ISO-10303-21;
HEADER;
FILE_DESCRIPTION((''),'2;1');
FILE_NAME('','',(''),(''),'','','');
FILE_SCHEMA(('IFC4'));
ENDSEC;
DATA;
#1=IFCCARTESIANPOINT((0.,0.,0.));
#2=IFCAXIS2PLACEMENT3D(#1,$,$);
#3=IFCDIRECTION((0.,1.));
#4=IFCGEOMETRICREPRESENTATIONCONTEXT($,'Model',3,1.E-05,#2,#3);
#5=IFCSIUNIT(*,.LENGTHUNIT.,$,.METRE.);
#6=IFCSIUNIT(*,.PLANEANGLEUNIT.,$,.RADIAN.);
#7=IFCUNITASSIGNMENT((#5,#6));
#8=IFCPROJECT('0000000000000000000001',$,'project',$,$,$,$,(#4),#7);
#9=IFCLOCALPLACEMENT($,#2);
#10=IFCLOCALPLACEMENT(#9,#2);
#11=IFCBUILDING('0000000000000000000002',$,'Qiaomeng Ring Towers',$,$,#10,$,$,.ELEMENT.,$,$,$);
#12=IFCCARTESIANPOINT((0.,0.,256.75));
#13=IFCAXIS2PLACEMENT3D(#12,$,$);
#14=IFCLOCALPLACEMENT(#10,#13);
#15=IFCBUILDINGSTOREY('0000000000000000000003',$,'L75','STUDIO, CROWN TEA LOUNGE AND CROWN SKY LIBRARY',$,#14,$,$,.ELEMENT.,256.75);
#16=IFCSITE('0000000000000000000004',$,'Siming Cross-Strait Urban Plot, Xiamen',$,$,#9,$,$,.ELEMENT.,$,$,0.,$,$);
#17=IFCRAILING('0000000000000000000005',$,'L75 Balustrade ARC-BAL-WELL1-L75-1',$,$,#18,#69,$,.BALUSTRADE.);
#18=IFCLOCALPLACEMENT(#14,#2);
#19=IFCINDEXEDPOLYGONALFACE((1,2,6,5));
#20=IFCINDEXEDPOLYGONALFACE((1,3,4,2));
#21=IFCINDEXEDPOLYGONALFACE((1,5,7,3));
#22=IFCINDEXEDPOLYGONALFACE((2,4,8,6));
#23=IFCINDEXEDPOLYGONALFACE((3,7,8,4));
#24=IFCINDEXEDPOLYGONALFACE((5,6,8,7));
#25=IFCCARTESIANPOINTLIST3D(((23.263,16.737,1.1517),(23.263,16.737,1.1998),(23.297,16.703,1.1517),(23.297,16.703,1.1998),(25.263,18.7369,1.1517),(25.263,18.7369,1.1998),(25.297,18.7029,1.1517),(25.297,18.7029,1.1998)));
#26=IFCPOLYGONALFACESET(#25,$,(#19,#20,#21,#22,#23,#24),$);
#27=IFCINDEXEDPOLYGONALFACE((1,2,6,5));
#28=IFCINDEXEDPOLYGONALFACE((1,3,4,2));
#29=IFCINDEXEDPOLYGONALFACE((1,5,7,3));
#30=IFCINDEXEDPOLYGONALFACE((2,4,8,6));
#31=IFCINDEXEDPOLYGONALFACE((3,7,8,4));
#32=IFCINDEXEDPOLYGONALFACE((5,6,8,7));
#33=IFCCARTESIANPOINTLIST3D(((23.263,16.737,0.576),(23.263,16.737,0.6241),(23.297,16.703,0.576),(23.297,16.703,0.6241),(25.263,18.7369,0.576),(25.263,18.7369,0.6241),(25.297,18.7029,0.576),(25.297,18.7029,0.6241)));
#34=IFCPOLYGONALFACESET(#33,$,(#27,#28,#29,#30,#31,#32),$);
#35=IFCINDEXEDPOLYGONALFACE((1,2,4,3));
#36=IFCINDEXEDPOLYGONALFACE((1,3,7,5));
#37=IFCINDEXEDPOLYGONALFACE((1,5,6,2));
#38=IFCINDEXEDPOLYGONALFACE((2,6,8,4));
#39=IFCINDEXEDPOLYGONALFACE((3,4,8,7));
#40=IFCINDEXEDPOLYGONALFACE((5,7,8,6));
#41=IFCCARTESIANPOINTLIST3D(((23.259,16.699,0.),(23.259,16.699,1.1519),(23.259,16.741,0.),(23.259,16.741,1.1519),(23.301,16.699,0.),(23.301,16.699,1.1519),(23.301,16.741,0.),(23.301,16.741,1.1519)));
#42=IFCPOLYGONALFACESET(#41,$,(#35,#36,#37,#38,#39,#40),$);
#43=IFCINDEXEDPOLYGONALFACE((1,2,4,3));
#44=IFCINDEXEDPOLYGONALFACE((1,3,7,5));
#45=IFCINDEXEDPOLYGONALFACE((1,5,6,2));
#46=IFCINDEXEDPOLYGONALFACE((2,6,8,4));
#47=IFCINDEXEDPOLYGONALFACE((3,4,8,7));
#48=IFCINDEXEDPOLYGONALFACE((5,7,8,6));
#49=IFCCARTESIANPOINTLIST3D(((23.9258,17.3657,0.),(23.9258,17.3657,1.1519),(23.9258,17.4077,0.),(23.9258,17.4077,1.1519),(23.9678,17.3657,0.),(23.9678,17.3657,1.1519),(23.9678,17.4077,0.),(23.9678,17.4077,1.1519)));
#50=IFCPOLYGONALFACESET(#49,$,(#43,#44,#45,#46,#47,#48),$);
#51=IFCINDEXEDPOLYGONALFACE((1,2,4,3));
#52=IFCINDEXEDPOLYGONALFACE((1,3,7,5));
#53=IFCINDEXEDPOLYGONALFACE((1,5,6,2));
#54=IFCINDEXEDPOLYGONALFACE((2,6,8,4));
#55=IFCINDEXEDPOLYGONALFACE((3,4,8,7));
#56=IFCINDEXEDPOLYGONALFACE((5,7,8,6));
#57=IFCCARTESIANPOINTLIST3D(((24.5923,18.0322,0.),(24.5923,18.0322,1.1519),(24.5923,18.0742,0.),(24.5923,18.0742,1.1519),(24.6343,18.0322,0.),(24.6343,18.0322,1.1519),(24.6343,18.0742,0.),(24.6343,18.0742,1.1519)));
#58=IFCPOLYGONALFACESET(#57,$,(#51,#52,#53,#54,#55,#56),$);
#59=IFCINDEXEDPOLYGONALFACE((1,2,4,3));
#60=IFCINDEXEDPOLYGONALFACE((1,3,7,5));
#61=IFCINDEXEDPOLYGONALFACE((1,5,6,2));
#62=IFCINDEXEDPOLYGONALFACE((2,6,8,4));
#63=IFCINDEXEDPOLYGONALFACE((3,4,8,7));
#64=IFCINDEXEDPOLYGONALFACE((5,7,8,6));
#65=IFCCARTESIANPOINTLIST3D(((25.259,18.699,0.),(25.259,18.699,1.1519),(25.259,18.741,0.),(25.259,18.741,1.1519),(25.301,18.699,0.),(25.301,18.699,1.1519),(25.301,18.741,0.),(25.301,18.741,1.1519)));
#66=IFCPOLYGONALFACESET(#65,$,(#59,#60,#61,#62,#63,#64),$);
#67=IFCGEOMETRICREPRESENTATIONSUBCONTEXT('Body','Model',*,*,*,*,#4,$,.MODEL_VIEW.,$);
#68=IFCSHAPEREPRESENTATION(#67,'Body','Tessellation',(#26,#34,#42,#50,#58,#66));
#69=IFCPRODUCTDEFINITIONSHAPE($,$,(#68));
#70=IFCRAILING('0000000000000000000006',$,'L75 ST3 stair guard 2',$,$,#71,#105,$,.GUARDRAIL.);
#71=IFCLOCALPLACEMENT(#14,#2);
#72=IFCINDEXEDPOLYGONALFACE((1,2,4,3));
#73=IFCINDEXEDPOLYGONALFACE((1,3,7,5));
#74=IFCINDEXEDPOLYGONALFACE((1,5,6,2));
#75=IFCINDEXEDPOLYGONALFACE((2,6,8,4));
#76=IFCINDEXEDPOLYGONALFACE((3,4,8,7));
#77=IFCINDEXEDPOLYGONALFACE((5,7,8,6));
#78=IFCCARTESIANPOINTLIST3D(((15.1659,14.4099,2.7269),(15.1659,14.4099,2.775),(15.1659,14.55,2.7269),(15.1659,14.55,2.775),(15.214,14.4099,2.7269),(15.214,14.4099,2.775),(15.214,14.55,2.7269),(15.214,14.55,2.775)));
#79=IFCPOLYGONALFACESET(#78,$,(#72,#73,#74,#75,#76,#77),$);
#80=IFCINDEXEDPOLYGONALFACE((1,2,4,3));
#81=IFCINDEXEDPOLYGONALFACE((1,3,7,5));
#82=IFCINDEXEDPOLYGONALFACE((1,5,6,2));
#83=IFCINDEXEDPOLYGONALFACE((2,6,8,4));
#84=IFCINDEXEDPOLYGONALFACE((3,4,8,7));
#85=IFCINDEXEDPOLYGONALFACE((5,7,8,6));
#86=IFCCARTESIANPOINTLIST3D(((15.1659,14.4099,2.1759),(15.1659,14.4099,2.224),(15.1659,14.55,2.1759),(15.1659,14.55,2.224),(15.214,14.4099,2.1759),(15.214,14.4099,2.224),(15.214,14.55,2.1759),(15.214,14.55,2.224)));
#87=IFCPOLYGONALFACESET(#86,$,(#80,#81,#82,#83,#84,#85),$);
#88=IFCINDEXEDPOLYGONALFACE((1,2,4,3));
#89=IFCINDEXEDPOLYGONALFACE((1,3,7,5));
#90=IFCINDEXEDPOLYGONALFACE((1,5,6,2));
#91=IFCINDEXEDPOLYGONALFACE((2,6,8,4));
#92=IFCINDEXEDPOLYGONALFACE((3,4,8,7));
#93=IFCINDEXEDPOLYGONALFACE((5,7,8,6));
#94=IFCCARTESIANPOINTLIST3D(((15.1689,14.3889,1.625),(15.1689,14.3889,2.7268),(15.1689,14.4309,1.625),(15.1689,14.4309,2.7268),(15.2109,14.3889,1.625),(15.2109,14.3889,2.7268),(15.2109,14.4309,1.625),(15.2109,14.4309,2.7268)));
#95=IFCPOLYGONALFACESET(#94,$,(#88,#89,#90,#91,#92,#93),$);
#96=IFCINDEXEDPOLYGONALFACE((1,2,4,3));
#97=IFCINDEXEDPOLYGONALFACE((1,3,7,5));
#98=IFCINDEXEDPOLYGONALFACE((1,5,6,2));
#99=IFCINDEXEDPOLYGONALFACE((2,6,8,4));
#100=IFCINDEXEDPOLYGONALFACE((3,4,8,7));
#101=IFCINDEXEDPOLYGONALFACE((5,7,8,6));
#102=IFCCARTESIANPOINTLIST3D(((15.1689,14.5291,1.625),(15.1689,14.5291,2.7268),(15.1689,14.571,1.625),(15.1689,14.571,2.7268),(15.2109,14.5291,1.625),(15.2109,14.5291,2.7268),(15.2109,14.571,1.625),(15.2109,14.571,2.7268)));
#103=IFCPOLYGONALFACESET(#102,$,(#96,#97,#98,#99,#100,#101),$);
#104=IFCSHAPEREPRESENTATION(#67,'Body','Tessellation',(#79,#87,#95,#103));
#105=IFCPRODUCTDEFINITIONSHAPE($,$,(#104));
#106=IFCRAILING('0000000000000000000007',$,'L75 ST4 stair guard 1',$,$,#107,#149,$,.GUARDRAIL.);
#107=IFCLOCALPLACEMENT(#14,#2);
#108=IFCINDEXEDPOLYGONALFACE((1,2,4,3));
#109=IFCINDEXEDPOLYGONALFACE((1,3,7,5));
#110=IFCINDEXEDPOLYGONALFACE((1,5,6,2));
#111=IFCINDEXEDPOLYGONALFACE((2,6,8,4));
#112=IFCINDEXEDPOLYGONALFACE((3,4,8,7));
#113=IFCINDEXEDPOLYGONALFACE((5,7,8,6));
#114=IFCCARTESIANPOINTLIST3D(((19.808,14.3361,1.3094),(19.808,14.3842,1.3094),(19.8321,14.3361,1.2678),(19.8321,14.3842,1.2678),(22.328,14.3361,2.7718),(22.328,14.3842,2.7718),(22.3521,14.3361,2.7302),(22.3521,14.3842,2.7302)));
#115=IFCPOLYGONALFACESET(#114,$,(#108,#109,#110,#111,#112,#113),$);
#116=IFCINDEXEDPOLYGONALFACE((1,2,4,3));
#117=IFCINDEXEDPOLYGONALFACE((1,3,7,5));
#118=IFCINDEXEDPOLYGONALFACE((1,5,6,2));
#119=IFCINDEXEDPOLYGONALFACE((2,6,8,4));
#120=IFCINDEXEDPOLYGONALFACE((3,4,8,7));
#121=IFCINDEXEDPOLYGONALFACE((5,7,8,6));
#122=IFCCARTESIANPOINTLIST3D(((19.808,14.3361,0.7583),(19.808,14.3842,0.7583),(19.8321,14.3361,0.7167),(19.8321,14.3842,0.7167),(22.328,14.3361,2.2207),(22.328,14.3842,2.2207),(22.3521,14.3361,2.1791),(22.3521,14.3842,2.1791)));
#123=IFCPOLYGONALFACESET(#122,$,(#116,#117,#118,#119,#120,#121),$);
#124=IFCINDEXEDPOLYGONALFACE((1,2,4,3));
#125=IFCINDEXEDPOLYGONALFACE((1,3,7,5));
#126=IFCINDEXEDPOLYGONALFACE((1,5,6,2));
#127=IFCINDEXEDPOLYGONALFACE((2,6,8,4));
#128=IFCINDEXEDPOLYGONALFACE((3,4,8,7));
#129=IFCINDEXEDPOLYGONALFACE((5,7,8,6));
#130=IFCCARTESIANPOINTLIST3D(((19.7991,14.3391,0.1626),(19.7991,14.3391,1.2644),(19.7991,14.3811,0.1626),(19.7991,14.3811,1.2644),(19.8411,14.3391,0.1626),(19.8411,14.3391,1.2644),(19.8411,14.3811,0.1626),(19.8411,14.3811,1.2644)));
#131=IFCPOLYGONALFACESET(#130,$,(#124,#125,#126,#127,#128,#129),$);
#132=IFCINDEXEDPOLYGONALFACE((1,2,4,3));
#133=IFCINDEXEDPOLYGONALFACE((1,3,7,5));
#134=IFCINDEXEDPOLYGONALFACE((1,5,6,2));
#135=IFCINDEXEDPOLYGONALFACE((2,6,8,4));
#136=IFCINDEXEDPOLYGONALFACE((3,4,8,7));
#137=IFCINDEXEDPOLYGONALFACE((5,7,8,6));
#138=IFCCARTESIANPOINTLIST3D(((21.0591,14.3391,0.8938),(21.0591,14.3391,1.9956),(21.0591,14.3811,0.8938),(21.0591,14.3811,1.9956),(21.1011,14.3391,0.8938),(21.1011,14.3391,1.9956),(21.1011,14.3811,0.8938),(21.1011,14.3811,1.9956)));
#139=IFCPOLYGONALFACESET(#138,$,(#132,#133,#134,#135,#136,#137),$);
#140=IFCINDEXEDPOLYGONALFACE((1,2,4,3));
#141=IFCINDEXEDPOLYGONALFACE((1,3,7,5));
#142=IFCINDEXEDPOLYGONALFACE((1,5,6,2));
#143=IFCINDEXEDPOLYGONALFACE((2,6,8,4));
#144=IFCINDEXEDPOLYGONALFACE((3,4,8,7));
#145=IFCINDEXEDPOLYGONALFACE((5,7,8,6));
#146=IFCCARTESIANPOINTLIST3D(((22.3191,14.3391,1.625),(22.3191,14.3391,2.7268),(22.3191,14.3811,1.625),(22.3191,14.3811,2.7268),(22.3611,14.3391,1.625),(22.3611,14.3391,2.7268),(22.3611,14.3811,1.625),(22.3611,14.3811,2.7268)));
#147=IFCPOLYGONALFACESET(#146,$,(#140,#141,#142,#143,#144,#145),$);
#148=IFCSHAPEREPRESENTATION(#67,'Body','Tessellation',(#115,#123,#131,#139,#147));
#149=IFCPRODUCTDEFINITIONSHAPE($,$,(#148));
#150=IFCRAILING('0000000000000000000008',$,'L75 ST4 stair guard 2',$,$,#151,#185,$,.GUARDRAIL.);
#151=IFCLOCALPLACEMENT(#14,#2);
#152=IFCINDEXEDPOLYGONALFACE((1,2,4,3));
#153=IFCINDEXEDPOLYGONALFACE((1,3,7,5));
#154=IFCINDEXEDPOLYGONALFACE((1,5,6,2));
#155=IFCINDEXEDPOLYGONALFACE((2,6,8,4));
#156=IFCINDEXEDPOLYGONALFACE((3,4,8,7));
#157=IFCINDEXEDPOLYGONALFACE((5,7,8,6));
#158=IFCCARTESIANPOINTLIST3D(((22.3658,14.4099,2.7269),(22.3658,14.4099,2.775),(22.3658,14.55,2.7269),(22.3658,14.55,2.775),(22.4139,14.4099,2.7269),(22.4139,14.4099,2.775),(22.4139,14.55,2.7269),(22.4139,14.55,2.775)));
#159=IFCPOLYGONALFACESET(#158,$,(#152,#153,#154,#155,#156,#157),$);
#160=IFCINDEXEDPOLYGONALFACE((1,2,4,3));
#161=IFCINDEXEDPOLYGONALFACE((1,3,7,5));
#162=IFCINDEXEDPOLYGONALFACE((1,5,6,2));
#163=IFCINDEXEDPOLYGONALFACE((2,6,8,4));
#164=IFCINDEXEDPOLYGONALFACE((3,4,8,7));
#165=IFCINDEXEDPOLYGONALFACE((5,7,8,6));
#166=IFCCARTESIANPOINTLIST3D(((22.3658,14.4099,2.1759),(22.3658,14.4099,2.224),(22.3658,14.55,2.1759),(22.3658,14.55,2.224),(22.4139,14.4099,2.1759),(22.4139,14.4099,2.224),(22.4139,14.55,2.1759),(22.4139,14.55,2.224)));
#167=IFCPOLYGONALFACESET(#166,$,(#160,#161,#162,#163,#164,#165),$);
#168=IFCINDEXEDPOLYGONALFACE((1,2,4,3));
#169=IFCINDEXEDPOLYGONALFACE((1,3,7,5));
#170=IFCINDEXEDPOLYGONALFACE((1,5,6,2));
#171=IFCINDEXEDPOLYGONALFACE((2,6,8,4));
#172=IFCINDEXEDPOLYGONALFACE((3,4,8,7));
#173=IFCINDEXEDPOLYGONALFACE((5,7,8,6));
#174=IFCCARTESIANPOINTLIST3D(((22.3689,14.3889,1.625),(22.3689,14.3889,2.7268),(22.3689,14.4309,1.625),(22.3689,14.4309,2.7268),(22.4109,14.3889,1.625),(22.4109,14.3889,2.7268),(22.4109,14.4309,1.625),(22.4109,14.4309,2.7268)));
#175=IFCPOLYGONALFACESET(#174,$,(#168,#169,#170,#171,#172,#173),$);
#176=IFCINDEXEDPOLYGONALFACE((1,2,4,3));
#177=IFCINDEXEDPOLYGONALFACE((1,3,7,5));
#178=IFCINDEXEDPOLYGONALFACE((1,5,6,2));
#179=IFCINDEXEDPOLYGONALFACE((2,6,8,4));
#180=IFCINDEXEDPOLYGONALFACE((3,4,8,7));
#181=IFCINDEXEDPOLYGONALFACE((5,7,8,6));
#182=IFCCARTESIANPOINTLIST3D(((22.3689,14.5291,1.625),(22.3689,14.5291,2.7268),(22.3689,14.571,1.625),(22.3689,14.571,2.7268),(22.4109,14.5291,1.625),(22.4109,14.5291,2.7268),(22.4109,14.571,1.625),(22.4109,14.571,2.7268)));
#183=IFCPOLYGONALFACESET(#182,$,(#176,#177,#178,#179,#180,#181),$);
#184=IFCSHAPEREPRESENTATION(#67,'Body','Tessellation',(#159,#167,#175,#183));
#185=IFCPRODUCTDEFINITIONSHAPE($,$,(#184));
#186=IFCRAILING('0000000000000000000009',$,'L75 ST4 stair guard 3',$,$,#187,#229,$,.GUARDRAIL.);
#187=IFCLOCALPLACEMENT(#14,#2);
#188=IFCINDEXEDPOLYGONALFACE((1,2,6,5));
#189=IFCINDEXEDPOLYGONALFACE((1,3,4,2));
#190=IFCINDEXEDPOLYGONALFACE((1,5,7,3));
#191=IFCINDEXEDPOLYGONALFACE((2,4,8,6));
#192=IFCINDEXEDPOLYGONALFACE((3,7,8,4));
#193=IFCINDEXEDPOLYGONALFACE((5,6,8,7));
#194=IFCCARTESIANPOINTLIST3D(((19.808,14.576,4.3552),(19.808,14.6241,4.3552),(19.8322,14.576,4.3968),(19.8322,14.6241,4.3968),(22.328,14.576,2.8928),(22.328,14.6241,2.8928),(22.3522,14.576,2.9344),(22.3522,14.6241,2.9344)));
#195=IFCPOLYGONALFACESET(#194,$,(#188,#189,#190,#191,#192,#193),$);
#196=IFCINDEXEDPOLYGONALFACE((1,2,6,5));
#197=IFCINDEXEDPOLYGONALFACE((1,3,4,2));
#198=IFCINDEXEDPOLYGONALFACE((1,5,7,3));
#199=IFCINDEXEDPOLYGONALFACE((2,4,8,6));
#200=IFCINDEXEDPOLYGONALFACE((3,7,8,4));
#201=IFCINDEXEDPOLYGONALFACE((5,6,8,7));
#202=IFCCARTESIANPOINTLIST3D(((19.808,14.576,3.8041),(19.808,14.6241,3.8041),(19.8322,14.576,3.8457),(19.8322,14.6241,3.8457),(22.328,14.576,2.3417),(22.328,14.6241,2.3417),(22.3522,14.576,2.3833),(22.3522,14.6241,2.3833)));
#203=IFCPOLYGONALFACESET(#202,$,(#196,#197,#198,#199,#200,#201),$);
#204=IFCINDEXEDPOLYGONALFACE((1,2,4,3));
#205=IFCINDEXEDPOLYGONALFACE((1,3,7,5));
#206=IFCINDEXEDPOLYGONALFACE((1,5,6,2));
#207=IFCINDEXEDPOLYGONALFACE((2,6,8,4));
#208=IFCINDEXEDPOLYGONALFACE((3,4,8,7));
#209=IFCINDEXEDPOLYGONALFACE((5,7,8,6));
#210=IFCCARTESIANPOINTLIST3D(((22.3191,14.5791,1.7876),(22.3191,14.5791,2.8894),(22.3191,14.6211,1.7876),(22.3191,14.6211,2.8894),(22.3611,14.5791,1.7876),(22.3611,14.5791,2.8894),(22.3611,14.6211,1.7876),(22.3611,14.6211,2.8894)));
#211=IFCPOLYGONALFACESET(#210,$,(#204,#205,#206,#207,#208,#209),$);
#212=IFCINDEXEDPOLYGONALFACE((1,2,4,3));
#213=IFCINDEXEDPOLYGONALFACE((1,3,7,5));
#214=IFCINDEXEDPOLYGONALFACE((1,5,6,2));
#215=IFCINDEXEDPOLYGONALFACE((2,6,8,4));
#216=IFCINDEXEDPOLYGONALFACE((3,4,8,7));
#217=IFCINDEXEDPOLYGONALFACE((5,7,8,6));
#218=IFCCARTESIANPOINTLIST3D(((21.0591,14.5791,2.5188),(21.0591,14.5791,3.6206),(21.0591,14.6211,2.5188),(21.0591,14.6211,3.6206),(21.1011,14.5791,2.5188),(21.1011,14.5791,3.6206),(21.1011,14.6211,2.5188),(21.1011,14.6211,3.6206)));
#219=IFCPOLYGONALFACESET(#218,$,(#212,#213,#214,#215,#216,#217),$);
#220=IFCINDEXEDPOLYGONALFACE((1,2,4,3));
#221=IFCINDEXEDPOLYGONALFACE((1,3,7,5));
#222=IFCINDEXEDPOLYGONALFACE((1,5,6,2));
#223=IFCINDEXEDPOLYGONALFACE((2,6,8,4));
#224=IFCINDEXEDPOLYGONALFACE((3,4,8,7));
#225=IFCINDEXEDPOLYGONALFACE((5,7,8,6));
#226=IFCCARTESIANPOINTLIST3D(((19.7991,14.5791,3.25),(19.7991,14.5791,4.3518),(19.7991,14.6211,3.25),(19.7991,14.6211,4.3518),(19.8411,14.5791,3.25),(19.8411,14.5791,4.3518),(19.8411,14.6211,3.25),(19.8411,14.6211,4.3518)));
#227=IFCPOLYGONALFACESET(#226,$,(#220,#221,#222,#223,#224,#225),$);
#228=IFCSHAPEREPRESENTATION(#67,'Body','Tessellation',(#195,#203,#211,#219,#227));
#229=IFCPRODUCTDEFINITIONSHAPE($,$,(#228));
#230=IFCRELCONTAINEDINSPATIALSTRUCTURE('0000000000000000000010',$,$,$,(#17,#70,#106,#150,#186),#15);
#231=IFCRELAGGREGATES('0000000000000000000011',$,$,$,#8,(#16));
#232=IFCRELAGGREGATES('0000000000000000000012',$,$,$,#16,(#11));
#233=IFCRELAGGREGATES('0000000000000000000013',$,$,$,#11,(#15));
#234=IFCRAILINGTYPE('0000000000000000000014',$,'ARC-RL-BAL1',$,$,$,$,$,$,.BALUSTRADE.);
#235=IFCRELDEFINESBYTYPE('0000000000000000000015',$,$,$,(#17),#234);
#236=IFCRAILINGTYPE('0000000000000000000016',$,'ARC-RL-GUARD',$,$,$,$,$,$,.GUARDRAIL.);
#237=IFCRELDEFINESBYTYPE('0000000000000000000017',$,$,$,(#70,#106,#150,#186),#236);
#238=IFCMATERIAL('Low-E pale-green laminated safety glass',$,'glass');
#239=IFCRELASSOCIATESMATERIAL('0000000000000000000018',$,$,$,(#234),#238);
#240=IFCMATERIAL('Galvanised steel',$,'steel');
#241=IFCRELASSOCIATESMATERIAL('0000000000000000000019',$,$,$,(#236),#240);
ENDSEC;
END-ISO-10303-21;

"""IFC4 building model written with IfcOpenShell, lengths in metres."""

from ifc_helpers import new_model, si_unit, direction, frame, origin, origin_2d, place, context, subcontext, project, spatial, rectangle, extrude, material, type_object, element, save


model = new_model("IFC4")

# Units and contexts
model_context = context("Model", 3, precision=1e-05, world=origin(), true_north=direction((0.0, 1.0)))
body_context = subcontext(model_context, "Body", "Model", "MODEL_VIEW")
ifc_project = project(units=[si_unit("LENGTHUNIT", "METRE"), si_unit("PLANEANGLEUNIT", "RADIAN")], contexts=[model_context])

# Site, building, storey
site_placement = place(None, origin())
site = spatial("IfcSite", under=ifc_project, at=site_placement, Name="Siming Cross-Strait Urban Plot, Xiamen", CompositionType="ELEMENT", RefElevation=0.0)
building_placement = place(site_placement, origin())
building = spatial("IfcBuilding", under=site, at=building_placement, Name="Qiaomeng Ring Towers", CompositionType="ELEMENT")
storey_placement = place(building_placement, frame((0.0, 0.0, 256.75)))
storey = spatial("IfcBuildingStorey", under=building, at=storey_placement, Name="L75", Description="STUDIO, CROWN TEA LOUNGE AND CROWN SKY LIBRARY", CompositionType="ELEMENT", Elevation=256.75)

# Shared definitions
ifc_material_1 = material(Name="Galvanised steel", Category="steel")

# Railings
ifc_material_2 = material(Name="Low-E pale-green laminated safety glass", Category="glass")
railing_type_1 = type_object("IfcRailingType", Name="ARC-RL-BAL1", PredefinedType="BALUSTRADE", material=ifc_material_2)
railing_1_placement = place(storey_placement, frame((23.28, 16.72, 0.0)))
element("IfcRailing", 1, at=railing_1_placement, inside=storey, type_object=railing_type_1, Name="L75 Balustrade ARC-BAL-WELL1-L75-1", PredefinedType="BALUSTRADE", context=body_context, shape_type="SweptSolid", body=[
    extrude(rectangle(XDim=0.0481, YDim=0.0481, at=origin_2d()), frame((0.0, 0.0, 1.1758), z_axis=(0.707107, 0.707107, 0.0), x_axis=(-0.707107, 0.707107, 0.0)), (0.0, 0.0, 1.0), 2.8284),
    extrude(rectangle(XDim=0.0481, YDim=0.0481, at=origin_2d()), frame((0.0, 0.0, 0.6001), z_axis=(0.707107, 0.707107, 0.0), x_axis=(-0.707107, 0.707107, 0.0)), (0.0, 0.0, 1.0), 2.8284),
    extrude(rectangle(XDim=0.042, YDim=0.042, at=origin_2d()), origin(), (0.0, 0.0, 1.0), 1.1519),
    extrude(rectangle(XDim=0.042, YDim=0.042, at=origin_2d()), frame((0.6667, 0.6667, 0.0)), (0.0, 0.0, 1.0), 1.1519),
    extrude(rectangle(XDim=0.042, YDim=0.042, at=origin_2d()), frame((1.3333, 1.3333, 0.0)), (0.0, 0.0, 1.0), 1.1519),
    extrude(rectangle(XDim=0.042, YDim=0.042, at=origin_2d()), frame((2.0, 2.0, 0.0)), (0.0, 0.0, 1.0), 1.1519),
])
railing_type_2 = type_object("IfcRailingType", Name="ARC-RL-GUARD", PredefinedType="GUARDRAIL", material=ifc_material_1)
railing_2_placement = place(storey_placement, frame((15.1899, 14.4099, 1.625)))
element("IfcRailing", 2, at=railing_2_placement, inside=storey, type_object=railing_type_2, Name="L75 ST3 stair guard 2", PredefinedType="GUARDRAIL", context=body_context, shape_type="SweptSolid", body=[
    extrude(rectangle(XDim=0.0481, YDim=0.0481, at=origin_2d()), frame((0.0, 0.0, 1.126), z_axis=(0.0, 1.0, 0.0), x_axis=(-1.0, 0.0, 0.0)), (0.0, 0.0, 1.0), 0.1401),
    extrude(rectangle(XDim=0.0481, YDim=0.0481, at=origin_2d()), frame((0.0, 0.0, 0.575), z_axis=(0.0, 1.0, 0.0), x_axis=(-1.0, 0.0, 0.0)), (0.0, 0.0, 1.0), 0.1401),
    extrude(rectangle(XDim=0.042, YDim=0.042, at=origin_2d()), origin(), (0.0, 0.0, 1.0), 1.1018),
    extrude(rectangle(XDim=0.042, YDim=0.042, at=origin_2d()), frame((0.0, 0.1401, 0.0)), (0.0, 0.0, 1.0), 1.1018),
])
railing_3_placement = place(storey_placement, frame((19.8201, 14.3601, 0.1626)))
element("IfcRailing", 3, at=railing_3_placement, inside=storey, type_object=railing_type_2, Name="L75 ST4 stair guard 1", PredefinedType="GUARDRAIL", context=body_context, shape_type="SweptSolid", body=[
    extrude(rectangle(XDim=0.0481, YDim=0.0481, at=origin_2d()), frame((0.0, 0.0, 1.126), z_axis=(0.864913, 0.0, 0.501921), x_axis=(0.0, 1.0, 0.0)), (0.0, 0.0, 1.0), 2.9136),
    extrude(rectangle(XDim=0.0481, YDim=0.0481, at=origin_2d()), frame((0.0, 0.0, 0.575), z_axis=(0.864913, 0.0, 0.501921), x_axis=(0.0, 1.0, 0.0)), (0.0, 0.0, 1.0), 2.9136),
    extrude(rectangle(XDim=0.042, YDim=0.042, at=origin_2d()), origin(), (0.0, 0.0, 1.0), 1.1018),
    extrude(rectangle(XDim=0.042, YDim=0.042, at=origin_2d()), frame((1.26, 0.0, 0.7312)), (0.0, 0.0, 1.0), 1.1018),
    extrude(rectangle(XDim=0.042, YDim=0.042, at=origin_2d()), frame((2.52, 0.0, 1.4624)), (0.0, 0.0, 1.0), 1.1018),
])
railing_4_placement = place(storey_placement, frame((22.3899, 14.4099, 1.625)))
element("IfcRailing", 4, at=railing_4_placement, inside=storey, type_object=railing_type_2, Name="L75 ST4 stair guard 2", PredefinedType="GUARDRAIL", context=body_context, shape_type="SweptSolid", body=[
    extrude(rectangle(XDim=0.0481, YDim=0.0481, at=origin_2d()), frame((0.0, 0.0, 1.126), z_axis=(0.0, 1.0, 0.0), x_axis=(-1.0, 0.0, 0.0)), (0.0, 0.0, 1.0), 0.1401),
    extrude(rectangle(XDim=0.0481, YDim=0.0481, at=origin_2d()), frame((0.0, 0.0, 0.575), z_axis=(0.0, 1.0, 0.0), x_axis=(-1.0, 0.0, 0.0)), (0.0, 0.0, 1.0), 0.1401),
    extrude(rectangle(XDim=0.042, YDim=0.042, at=origin_2d()), origin(), (0.0, 0.0, 1.0), 1.1018),
    extrude(rectangle(XDim=0.042, YDim=0.042, at=origin_2d()), frame((0.0, 0.1401, 0.0)), (0.0, 0.0, 1.0), 1.1018),
])
railing_5_placement = place(storey_placement, frame((22.3401, 14.6001, 1.7876)))
element("IfcRailing", 5, at=railing_5_placement, inside=storey, type_object=railing_type_2, Name="L75 ST4 stair guard 3", PredefinedType="GUARDRAIL", context=body_context, shape_type="SweptSolid", body=[
    extrude(rectangle(XDim=0.0481, YDim=0.0481, at=origin_2d()), frame((0.0, 0.0, 1.126), z_axis=(-0.864913, 0.0, 0.501921), x_axis=(0.0, -1.0, 0.0)), (0.0, 0.0, 1.0), 2.9136),
    extrude(rectangle(XDim=0.0481, YDim=0.0481, at=origin_2d()), frame((0.0, 0.0, 0.575), z_axis=(-0.864913, 0.0, 0.501921), x_axis=(0.0, -1.0, 0.0)), (0.0, 0.0, 1.0), 2.9136),
    extrude(rectangle(XDim=0.042, YDim=0.042, at=origin_2d()), origin(), (0.0, 0.0, 1.0), 1.1018),
    extrude(rectangle(XDim=0.042, YDim=0.042, at=origin_2d()), frame((-1.26, 0.0, 0.7312)), (0.0, 0.0, 1.0), 1.1018),
    extrude(rectangle(XDim=0.042, YDim=0.042, at=origin_2d()), frame((-2.52, 0.0, 1.4624)), (0.0, 0.0, 1.0), 1.1018),
])

save(model, "model.ifc")
